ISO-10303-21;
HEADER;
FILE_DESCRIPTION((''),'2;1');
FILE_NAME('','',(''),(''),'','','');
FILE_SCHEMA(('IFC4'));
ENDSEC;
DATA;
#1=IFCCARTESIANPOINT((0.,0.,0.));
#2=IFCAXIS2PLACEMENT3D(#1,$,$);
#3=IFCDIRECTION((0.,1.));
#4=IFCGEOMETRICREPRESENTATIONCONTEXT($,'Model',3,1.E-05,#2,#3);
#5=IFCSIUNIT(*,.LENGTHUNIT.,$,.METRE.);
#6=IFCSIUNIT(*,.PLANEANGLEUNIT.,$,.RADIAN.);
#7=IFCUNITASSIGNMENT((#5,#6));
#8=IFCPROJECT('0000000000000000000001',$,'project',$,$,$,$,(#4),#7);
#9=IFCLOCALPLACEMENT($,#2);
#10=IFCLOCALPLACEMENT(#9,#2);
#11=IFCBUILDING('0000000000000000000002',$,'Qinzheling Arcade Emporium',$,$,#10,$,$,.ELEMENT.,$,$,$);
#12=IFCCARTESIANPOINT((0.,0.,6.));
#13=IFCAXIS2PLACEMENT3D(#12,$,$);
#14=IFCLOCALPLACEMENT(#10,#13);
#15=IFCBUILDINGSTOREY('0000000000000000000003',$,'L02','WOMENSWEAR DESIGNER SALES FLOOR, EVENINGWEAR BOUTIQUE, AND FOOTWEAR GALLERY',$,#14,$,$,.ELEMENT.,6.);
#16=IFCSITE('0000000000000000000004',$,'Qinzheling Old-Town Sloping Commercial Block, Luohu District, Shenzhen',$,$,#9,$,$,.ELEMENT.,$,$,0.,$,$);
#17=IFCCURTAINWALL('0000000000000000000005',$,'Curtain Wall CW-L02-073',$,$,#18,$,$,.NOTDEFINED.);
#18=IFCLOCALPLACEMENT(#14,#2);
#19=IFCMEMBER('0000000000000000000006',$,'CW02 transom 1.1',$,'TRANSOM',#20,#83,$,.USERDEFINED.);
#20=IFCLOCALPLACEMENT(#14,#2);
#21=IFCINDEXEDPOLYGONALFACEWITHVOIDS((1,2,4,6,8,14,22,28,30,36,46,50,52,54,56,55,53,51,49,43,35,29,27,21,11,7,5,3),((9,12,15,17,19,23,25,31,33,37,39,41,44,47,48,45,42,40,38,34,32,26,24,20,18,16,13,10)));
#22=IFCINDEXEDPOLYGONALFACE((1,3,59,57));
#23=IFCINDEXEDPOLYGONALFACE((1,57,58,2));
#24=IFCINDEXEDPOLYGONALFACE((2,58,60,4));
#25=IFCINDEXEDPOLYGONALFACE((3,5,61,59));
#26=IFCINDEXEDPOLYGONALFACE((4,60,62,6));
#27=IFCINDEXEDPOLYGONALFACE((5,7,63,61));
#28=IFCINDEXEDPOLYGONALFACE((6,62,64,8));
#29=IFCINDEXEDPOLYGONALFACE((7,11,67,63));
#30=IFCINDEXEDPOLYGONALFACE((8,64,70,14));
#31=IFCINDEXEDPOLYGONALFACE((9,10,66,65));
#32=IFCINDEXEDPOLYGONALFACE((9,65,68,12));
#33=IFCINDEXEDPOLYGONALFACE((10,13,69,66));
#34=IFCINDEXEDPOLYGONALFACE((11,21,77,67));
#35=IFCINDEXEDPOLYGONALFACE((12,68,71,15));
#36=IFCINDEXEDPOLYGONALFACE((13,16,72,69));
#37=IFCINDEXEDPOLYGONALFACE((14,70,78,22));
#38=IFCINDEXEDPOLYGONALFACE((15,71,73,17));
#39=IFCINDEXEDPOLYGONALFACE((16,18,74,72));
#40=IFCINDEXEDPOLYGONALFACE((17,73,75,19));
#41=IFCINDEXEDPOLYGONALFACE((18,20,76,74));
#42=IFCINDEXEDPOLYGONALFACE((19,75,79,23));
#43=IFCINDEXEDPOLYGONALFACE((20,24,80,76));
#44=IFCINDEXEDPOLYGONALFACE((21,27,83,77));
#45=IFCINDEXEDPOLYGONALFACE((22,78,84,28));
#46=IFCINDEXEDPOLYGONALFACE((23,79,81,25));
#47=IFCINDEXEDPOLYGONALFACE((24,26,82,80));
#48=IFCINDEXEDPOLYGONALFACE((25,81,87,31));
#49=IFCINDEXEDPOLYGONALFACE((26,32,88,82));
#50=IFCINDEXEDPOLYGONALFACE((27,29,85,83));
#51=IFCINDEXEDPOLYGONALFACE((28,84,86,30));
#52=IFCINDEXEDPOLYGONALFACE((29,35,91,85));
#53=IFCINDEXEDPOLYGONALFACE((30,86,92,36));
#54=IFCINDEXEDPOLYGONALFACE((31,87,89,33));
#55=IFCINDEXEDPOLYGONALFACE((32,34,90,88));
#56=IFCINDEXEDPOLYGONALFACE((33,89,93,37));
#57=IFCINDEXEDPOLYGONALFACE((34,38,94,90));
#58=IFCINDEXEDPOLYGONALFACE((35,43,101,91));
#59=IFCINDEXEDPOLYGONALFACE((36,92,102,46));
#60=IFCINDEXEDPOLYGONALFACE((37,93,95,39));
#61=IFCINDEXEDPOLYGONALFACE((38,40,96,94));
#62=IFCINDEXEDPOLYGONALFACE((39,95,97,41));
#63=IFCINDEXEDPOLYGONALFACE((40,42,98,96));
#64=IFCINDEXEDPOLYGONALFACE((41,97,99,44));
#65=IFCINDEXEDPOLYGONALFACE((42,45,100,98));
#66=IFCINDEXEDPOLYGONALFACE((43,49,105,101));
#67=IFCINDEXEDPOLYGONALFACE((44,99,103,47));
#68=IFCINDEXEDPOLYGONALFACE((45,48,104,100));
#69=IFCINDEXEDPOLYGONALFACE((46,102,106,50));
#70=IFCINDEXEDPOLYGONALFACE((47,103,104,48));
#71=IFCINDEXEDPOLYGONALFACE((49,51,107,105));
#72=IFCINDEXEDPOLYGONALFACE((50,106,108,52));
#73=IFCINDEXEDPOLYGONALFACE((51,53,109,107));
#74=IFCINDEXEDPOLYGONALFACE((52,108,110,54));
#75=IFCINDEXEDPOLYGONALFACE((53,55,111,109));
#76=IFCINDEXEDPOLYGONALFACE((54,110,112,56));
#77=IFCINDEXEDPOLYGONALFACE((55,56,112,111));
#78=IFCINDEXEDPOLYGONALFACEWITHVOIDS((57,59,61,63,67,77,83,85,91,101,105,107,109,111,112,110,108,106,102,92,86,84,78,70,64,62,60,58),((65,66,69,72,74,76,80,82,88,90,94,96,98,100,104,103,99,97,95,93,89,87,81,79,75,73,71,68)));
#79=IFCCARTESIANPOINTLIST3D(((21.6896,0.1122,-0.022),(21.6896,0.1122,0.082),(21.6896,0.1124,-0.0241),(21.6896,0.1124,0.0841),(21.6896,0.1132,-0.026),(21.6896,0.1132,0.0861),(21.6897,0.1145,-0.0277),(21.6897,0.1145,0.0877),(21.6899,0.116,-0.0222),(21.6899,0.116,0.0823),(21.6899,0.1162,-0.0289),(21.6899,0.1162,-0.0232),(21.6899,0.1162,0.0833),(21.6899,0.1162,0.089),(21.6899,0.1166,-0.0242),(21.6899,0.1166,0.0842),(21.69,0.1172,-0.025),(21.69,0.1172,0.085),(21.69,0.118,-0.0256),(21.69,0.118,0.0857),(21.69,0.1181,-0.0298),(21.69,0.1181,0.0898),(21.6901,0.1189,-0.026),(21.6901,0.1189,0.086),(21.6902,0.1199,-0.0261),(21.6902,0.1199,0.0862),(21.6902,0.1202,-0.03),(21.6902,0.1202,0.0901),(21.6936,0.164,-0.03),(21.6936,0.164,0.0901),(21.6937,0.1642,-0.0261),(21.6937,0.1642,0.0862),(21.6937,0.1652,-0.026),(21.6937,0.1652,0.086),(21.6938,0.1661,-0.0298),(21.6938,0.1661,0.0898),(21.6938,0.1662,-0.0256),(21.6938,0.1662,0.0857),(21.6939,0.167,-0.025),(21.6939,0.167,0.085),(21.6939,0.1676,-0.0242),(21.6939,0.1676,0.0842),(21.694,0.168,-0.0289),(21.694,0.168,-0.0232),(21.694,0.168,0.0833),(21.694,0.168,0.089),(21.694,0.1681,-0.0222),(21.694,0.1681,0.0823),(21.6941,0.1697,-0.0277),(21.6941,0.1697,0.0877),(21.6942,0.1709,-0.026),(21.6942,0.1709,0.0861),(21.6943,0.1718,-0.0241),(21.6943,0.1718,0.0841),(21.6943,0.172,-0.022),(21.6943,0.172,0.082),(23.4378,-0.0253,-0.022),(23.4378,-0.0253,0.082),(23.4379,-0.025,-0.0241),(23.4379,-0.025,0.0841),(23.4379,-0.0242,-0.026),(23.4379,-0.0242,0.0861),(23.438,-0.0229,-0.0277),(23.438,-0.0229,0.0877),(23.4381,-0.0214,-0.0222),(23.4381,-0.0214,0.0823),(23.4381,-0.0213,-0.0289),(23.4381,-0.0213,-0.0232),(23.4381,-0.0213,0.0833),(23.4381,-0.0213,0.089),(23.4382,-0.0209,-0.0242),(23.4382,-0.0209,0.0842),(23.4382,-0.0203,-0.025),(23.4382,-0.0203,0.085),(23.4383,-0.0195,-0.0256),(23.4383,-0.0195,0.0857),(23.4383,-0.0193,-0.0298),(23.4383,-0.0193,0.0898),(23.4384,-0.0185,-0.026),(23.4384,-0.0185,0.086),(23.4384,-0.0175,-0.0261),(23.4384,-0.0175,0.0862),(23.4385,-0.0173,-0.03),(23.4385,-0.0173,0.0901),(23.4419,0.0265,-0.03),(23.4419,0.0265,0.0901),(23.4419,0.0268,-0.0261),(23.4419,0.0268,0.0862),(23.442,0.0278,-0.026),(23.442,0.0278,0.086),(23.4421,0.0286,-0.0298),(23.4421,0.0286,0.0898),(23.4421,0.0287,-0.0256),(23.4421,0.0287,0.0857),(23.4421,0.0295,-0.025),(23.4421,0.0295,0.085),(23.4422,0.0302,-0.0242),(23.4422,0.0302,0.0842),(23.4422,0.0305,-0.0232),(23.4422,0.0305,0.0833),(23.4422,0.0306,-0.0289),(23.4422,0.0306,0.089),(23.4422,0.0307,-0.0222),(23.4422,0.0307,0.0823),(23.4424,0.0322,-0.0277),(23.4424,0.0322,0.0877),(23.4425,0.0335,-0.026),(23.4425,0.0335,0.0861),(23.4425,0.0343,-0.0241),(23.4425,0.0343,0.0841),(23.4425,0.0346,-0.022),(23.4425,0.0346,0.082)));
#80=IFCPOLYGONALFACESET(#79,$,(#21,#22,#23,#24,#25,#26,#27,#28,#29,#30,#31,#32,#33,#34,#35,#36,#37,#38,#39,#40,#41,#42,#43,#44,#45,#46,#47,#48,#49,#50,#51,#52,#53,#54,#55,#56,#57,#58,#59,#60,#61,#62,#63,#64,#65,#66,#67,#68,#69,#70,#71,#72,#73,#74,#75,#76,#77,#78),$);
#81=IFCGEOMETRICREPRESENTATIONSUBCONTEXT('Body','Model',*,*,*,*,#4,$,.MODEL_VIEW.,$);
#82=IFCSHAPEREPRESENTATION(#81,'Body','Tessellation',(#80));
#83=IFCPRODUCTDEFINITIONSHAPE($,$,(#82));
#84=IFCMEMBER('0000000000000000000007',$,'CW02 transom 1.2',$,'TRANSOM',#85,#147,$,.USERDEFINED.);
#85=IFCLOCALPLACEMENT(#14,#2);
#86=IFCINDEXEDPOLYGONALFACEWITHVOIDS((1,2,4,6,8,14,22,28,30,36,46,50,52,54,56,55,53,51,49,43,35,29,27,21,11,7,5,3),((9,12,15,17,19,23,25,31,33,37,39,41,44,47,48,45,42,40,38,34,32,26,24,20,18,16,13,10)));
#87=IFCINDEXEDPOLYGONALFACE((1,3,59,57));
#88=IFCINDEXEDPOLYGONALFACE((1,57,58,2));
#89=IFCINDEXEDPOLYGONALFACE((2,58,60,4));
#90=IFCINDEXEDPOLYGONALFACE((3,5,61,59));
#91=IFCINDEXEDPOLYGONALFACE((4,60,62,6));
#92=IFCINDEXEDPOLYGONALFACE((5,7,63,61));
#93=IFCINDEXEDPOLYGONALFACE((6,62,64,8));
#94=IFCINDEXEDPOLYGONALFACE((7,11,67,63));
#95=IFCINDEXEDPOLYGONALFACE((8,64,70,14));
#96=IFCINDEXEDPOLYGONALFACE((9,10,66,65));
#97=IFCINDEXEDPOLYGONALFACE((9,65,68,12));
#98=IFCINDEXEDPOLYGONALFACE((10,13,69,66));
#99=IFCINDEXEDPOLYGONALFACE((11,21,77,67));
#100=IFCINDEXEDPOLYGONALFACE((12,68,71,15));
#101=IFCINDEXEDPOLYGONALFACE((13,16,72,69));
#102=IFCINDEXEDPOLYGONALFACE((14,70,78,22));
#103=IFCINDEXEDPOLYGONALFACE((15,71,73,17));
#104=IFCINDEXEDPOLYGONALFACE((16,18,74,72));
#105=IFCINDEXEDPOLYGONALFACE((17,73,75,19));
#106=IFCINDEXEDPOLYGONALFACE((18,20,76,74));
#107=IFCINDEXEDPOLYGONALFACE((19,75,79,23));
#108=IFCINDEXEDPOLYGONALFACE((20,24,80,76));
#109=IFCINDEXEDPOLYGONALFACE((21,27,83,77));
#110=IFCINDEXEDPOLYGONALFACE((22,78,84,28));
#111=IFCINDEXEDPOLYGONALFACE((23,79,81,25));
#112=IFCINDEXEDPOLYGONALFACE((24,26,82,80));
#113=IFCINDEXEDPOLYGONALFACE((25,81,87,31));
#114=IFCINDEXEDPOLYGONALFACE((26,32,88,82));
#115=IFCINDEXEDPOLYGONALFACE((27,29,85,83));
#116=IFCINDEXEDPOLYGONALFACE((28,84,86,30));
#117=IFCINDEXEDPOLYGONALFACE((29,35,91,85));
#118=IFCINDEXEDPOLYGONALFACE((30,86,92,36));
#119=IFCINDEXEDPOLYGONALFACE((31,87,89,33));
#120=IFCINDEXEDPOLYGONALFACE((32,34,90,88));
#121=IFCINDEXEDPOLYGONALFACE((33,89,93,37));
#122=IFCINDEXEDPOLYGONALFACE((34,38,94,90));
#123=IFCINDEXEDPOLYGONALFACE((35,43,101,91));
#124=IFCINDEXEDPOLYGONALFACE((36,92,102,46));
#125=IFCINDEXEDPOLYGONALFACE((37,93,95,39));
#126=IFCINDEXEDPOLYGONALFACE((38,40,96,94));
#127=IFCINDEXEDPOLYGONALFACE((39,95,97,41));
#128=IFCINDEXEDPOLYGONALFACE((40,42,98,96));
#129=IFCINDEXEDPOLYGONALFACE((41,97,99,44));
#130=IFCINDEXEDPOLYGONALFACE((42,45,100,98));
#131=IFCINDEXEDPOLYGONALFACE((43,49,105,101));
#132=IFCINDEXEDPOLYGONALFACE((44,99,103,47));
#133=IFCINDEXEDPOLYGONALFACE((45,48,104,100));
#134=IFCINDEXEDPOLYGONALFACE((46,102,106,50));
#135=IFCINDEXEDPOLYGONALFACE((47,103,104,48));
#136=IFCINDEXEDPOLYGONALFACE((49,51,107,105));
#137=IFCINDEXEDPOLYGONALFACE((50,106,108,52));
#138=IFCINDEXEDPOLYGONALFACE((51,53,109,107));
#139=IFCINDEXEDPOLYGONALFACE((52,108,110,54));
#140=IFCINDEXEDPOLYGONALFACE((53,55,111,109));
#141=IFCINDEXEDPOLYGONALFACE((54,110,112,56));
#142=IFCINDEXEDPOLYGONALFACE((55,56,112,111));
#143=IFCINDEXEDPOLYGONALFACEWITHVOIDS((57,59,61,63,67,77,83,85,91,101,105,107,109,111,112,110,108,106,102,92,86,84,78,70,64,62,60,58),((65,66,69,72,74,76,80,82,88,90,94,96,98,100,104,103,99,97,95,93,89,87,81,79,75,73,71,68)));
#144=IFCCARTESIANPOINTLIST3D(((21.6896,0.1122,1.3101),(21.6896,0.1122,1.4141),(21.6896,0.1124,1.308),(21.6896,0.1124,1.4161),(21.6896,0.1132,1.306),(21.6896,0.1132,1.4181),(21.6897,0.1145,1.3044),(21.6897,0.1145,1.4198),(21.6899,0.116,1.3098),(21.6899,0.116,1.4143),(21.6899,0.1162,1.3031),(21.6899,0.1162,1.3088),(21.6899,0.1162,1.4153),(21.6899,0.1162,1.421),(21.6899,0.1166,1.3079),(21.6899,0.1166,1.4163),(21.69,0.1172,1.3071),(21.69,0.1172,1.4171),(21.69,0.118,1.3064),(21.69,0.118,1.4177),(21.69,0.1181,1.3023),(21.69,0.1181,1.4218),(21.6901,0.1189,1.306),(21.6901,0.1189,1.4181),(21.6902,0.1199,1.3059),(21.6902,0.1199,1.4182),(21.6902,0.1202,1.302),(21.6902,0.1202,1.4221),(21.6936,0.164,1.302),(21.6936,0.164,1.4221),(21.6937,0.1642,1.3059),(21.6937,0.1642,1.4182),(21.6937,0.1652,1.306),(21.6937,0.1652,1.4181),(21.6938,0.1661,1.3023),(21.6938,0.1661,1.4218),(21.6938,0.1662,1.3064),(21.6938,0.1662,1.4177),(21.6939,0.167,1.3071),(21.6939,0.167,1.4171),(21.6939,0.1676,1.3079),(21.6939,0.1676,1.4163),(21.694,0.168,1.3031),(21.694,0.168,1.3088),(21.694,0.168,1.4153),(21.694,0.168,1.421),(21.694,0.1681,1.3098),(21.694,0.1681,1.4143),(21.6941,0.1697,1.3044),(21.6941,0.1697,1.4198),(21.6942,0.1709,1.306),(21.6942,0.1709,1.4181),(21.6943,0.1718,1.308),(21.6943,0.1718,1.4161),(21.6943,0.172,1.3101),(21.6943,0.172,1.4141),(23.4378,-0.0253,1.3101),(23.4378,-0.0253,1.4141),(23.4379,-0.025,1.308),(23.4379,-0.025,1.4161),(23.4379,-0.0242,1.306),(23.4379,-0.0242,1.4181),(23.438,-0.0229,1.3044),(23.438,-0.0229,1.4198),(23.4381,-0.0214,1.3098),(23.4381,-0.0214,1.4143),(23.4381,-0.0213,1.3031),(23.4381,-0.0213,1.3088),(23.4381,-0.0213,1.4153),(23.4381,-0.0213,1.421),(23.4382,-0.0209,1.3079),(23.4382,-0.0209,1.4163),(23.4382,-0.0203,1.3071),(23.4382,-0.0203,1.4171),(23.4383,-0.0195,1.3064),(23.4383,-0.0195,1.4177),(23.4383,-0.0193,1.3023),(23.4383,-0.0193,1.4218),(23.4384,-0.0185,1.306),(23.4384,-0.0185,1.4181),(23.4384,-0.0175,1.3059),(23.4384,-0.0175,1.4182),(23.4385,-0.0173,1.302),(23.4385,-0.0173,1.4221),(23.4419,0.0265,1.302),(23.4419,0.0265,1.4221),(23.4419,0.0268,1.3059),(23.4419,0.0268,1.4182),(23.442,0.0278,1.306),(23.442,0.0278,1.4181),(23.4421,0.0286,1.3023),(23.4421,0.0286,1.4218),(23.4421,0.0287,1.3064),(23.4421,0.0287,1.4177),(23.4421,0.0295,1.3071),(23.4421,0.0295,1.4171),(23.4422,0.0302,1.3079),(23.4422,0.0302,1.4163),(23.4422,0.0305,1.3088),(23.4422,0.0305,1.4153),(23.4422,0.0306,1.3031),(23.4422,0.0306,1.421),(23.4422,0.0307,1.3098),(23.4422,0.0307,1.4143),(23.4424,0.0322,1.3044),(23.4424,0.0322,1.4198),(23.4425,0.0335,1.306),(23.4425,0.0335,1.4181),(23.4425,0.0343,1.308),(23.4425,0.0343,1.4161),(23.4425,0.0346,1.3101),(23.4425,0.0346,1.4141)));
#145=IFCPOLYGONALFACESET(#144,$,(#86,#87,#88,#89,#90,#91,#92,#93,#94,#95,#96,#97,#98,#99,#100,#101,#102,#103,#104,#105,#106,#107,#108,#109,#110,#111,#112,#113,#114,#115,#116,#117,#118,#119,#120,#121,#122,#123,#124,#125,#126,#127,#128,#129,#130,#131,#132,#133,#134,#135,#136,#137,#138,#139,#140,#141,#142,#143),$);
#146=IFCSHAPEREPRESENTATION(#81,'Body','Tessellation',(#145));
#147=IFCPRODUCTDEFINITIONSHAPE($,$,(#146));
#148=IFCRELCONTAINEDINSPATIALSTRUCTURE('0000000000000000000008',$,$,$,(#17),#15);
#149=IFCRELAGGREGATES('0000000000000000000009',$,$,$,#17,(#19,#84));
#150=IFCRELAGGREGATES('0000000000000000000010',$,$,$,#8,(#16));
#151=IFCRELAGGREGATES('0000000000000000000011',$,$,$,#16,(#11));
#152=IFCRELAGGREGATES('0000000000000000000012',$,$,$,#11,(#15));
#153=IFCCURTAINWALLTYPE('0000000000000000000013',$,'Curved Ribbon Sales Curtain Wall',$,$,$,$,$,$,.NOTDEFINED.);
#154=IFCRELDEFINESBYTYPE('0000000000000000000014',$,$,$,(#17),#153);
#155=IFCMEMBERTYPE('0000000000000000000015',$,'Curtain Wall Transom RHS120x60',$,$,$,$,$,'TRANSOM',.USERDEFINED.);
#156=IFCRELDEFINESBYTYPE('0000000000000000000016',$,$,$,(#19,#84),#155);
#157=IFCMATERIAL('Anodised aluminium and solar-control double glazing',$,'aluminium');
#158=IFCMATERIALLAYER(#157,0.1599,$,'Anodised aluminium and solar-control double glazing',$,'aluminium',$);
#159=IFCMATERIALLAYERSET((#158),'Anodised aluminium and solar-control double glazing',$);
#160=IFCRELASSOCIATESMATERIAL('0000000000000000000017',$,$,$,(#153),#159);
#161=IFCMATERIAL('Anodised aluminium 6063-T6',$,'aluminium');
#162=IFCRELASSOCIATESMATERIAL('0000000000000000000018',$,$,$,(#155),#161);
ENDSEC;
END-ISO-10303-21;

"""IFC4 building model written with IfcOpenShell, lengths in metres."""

from ifc_helpers import new_model, si_unit, direction, frame, origin, origin_2d, place, context, subcontext, project, spatial, hollow_rectangle, extrude, material, layer, layer_set, material_profile, profile_set, type_object, element, aggregate, save


model = new_model("IFC4")

# Units and contexts
model_context = context("Model", 3, precision=1e-05, world=origin(), true_north=direction((0.0, 1.0)))
body_context = subcontext(model_context, "Body", "Model", "MODEL_VIEW")
ifc_project = project(units=[si_unit("LENGTHUNIT", "METRE"), si_unit("PLANEANGLEUNIT", "RADIAN")], contexts=[model_context])

# Site, building, storey
site_placement = place(None, origin())
site = spatial("IfcSite", under=ifc_project, at=site_placement, Name="Qinzheling Old-Town Sloping Commercial Block, Luohu District, Shenzhen", CompositionType="ELEMENT", RefElevation=0.0)
building_placement = place(site_placement, origin())
building = spatial("IfcBuilding", under=site, at=building_placement, Name="Qinzheling Arcade Emporium", CompositionType="ELEMENT")
storey_placement = place(building_placement, frame((0.0, 0.0, 6.0)))
storey = spatial("IfcBuildingStorey", under=building, at=storey_placement, Name="L02", Description="WOMENSWEAR DESIGNER SALES FLOOR, EVENINGWEAR BOUTIQUE, AND FOOTWEAR GALLERY", CompositionType="ELEMENT", Elevation=6.0)

# Curtain wall, members
ifc_material_1 = material(Name="Anodised aluminium and solar-control double glazing", Category="aluminium")
ifc_layer_1 = layer(ifc_material_1, 0.1599, Name="Anodised aluminium and solar-control double glazing", Category="aluminium")
ifc_layer_set_1 = layer_set([ifc_layer_1], Name="Anodised aluminium and solar-control double glazing")
curtain_wall_type_1 = type_object("IfcCurtainWallType", Name="Curved Ribbon Sales Curtain Wall", PredefinedType="NOTDEFINED", material=ifc_layer_set_1)
curtain_wall_1_placement = place(storey_placement, origin())
curtain_wall_1 = element("IfcCurtainWall", 1, at=curtain_wall_1_placement, inside=storey, type_object=curtain_wall_type_1, Name="Curtain Wall CW-L02-073", PredefinedType="NOTDEFINED")
ifc_material_2 = material(Name="Anodised aluminium 6063-T6", Category="aluminium")
ifc_material_profile_1 = material_profile(ifc_material_2, hollow_rectangle(XDim=0.0601, YDim=0.1201, WallThickness=0.0039, InnerFilletRadius=0.0039, OuterFilletRadius=0.0081, at=origin_2d()), Name="RHS 120x60x4", Category="aluminium")
ifc_profile_set_1 = profile_set([ifc_material_profile_1], Name="Anodised aluminium 6063-T6")
member_type_1 = type_object("IfcMemberType", Name="Curtain Wall Transom RHS120x60", ElementType="TRANSOM", PredefinedType="USERDEFINED", material=ifc_profile_set_1)
member_1_placement = place(storey_placement, frame((23.4402, 0.0046, 0.03), z_axis=(-0.996924, 0.078378, 0.0), x_axis=(-0.078378, -0.996924, 0.0)))
member_1 = element("IfcMember", 2, at=member_1_placement, type_object=member_type_1, Name="CW02 transom 1.1", ObjectType="TRANSOM", PredefinedType="USERDEFINED", context=body_context, shape_type="SweptSolid", body=[
    extrude(hollow_rectangle(XDim=0.0601, YDim=0.1201, WallThickness=0.0039, InnerFilletRadius=0.0039, OuterFilletRadius=0.0081, at=origin_2d()), origin(), (0.0, 0.0, 1.0), 1.7537),
])
member_2_placement = place(storey_placement, frame((23.4402, 0.0046, 1.3621), z_axis=(-0.996924, 0.078378, 0.0), x_axis=(-0.078378, -0.996924, 0.0)))
member_2 = element("IfcMember", 3, at=member_2_placement, type_object=member_type_1, Name="CW02 transom 1.2", ObjectType="TRANSOM", PredefinedType="USERDEFINED", context=body_context, shape_type="SweptSolid", body=[
    extrude(hollow_rectangle(XDim=0.0601, YDim=0.1201, WallThickness=0.0039, InnerFilletRadius=0.0039, OuterFilletRadius=0.0081, at=origin_2d()), origin(), (0.0, 0.0, 1.0), 1.7537),
])

aggregate(curtain_wall_1, [member_1, member_2])

save(model, "model.ifc")
